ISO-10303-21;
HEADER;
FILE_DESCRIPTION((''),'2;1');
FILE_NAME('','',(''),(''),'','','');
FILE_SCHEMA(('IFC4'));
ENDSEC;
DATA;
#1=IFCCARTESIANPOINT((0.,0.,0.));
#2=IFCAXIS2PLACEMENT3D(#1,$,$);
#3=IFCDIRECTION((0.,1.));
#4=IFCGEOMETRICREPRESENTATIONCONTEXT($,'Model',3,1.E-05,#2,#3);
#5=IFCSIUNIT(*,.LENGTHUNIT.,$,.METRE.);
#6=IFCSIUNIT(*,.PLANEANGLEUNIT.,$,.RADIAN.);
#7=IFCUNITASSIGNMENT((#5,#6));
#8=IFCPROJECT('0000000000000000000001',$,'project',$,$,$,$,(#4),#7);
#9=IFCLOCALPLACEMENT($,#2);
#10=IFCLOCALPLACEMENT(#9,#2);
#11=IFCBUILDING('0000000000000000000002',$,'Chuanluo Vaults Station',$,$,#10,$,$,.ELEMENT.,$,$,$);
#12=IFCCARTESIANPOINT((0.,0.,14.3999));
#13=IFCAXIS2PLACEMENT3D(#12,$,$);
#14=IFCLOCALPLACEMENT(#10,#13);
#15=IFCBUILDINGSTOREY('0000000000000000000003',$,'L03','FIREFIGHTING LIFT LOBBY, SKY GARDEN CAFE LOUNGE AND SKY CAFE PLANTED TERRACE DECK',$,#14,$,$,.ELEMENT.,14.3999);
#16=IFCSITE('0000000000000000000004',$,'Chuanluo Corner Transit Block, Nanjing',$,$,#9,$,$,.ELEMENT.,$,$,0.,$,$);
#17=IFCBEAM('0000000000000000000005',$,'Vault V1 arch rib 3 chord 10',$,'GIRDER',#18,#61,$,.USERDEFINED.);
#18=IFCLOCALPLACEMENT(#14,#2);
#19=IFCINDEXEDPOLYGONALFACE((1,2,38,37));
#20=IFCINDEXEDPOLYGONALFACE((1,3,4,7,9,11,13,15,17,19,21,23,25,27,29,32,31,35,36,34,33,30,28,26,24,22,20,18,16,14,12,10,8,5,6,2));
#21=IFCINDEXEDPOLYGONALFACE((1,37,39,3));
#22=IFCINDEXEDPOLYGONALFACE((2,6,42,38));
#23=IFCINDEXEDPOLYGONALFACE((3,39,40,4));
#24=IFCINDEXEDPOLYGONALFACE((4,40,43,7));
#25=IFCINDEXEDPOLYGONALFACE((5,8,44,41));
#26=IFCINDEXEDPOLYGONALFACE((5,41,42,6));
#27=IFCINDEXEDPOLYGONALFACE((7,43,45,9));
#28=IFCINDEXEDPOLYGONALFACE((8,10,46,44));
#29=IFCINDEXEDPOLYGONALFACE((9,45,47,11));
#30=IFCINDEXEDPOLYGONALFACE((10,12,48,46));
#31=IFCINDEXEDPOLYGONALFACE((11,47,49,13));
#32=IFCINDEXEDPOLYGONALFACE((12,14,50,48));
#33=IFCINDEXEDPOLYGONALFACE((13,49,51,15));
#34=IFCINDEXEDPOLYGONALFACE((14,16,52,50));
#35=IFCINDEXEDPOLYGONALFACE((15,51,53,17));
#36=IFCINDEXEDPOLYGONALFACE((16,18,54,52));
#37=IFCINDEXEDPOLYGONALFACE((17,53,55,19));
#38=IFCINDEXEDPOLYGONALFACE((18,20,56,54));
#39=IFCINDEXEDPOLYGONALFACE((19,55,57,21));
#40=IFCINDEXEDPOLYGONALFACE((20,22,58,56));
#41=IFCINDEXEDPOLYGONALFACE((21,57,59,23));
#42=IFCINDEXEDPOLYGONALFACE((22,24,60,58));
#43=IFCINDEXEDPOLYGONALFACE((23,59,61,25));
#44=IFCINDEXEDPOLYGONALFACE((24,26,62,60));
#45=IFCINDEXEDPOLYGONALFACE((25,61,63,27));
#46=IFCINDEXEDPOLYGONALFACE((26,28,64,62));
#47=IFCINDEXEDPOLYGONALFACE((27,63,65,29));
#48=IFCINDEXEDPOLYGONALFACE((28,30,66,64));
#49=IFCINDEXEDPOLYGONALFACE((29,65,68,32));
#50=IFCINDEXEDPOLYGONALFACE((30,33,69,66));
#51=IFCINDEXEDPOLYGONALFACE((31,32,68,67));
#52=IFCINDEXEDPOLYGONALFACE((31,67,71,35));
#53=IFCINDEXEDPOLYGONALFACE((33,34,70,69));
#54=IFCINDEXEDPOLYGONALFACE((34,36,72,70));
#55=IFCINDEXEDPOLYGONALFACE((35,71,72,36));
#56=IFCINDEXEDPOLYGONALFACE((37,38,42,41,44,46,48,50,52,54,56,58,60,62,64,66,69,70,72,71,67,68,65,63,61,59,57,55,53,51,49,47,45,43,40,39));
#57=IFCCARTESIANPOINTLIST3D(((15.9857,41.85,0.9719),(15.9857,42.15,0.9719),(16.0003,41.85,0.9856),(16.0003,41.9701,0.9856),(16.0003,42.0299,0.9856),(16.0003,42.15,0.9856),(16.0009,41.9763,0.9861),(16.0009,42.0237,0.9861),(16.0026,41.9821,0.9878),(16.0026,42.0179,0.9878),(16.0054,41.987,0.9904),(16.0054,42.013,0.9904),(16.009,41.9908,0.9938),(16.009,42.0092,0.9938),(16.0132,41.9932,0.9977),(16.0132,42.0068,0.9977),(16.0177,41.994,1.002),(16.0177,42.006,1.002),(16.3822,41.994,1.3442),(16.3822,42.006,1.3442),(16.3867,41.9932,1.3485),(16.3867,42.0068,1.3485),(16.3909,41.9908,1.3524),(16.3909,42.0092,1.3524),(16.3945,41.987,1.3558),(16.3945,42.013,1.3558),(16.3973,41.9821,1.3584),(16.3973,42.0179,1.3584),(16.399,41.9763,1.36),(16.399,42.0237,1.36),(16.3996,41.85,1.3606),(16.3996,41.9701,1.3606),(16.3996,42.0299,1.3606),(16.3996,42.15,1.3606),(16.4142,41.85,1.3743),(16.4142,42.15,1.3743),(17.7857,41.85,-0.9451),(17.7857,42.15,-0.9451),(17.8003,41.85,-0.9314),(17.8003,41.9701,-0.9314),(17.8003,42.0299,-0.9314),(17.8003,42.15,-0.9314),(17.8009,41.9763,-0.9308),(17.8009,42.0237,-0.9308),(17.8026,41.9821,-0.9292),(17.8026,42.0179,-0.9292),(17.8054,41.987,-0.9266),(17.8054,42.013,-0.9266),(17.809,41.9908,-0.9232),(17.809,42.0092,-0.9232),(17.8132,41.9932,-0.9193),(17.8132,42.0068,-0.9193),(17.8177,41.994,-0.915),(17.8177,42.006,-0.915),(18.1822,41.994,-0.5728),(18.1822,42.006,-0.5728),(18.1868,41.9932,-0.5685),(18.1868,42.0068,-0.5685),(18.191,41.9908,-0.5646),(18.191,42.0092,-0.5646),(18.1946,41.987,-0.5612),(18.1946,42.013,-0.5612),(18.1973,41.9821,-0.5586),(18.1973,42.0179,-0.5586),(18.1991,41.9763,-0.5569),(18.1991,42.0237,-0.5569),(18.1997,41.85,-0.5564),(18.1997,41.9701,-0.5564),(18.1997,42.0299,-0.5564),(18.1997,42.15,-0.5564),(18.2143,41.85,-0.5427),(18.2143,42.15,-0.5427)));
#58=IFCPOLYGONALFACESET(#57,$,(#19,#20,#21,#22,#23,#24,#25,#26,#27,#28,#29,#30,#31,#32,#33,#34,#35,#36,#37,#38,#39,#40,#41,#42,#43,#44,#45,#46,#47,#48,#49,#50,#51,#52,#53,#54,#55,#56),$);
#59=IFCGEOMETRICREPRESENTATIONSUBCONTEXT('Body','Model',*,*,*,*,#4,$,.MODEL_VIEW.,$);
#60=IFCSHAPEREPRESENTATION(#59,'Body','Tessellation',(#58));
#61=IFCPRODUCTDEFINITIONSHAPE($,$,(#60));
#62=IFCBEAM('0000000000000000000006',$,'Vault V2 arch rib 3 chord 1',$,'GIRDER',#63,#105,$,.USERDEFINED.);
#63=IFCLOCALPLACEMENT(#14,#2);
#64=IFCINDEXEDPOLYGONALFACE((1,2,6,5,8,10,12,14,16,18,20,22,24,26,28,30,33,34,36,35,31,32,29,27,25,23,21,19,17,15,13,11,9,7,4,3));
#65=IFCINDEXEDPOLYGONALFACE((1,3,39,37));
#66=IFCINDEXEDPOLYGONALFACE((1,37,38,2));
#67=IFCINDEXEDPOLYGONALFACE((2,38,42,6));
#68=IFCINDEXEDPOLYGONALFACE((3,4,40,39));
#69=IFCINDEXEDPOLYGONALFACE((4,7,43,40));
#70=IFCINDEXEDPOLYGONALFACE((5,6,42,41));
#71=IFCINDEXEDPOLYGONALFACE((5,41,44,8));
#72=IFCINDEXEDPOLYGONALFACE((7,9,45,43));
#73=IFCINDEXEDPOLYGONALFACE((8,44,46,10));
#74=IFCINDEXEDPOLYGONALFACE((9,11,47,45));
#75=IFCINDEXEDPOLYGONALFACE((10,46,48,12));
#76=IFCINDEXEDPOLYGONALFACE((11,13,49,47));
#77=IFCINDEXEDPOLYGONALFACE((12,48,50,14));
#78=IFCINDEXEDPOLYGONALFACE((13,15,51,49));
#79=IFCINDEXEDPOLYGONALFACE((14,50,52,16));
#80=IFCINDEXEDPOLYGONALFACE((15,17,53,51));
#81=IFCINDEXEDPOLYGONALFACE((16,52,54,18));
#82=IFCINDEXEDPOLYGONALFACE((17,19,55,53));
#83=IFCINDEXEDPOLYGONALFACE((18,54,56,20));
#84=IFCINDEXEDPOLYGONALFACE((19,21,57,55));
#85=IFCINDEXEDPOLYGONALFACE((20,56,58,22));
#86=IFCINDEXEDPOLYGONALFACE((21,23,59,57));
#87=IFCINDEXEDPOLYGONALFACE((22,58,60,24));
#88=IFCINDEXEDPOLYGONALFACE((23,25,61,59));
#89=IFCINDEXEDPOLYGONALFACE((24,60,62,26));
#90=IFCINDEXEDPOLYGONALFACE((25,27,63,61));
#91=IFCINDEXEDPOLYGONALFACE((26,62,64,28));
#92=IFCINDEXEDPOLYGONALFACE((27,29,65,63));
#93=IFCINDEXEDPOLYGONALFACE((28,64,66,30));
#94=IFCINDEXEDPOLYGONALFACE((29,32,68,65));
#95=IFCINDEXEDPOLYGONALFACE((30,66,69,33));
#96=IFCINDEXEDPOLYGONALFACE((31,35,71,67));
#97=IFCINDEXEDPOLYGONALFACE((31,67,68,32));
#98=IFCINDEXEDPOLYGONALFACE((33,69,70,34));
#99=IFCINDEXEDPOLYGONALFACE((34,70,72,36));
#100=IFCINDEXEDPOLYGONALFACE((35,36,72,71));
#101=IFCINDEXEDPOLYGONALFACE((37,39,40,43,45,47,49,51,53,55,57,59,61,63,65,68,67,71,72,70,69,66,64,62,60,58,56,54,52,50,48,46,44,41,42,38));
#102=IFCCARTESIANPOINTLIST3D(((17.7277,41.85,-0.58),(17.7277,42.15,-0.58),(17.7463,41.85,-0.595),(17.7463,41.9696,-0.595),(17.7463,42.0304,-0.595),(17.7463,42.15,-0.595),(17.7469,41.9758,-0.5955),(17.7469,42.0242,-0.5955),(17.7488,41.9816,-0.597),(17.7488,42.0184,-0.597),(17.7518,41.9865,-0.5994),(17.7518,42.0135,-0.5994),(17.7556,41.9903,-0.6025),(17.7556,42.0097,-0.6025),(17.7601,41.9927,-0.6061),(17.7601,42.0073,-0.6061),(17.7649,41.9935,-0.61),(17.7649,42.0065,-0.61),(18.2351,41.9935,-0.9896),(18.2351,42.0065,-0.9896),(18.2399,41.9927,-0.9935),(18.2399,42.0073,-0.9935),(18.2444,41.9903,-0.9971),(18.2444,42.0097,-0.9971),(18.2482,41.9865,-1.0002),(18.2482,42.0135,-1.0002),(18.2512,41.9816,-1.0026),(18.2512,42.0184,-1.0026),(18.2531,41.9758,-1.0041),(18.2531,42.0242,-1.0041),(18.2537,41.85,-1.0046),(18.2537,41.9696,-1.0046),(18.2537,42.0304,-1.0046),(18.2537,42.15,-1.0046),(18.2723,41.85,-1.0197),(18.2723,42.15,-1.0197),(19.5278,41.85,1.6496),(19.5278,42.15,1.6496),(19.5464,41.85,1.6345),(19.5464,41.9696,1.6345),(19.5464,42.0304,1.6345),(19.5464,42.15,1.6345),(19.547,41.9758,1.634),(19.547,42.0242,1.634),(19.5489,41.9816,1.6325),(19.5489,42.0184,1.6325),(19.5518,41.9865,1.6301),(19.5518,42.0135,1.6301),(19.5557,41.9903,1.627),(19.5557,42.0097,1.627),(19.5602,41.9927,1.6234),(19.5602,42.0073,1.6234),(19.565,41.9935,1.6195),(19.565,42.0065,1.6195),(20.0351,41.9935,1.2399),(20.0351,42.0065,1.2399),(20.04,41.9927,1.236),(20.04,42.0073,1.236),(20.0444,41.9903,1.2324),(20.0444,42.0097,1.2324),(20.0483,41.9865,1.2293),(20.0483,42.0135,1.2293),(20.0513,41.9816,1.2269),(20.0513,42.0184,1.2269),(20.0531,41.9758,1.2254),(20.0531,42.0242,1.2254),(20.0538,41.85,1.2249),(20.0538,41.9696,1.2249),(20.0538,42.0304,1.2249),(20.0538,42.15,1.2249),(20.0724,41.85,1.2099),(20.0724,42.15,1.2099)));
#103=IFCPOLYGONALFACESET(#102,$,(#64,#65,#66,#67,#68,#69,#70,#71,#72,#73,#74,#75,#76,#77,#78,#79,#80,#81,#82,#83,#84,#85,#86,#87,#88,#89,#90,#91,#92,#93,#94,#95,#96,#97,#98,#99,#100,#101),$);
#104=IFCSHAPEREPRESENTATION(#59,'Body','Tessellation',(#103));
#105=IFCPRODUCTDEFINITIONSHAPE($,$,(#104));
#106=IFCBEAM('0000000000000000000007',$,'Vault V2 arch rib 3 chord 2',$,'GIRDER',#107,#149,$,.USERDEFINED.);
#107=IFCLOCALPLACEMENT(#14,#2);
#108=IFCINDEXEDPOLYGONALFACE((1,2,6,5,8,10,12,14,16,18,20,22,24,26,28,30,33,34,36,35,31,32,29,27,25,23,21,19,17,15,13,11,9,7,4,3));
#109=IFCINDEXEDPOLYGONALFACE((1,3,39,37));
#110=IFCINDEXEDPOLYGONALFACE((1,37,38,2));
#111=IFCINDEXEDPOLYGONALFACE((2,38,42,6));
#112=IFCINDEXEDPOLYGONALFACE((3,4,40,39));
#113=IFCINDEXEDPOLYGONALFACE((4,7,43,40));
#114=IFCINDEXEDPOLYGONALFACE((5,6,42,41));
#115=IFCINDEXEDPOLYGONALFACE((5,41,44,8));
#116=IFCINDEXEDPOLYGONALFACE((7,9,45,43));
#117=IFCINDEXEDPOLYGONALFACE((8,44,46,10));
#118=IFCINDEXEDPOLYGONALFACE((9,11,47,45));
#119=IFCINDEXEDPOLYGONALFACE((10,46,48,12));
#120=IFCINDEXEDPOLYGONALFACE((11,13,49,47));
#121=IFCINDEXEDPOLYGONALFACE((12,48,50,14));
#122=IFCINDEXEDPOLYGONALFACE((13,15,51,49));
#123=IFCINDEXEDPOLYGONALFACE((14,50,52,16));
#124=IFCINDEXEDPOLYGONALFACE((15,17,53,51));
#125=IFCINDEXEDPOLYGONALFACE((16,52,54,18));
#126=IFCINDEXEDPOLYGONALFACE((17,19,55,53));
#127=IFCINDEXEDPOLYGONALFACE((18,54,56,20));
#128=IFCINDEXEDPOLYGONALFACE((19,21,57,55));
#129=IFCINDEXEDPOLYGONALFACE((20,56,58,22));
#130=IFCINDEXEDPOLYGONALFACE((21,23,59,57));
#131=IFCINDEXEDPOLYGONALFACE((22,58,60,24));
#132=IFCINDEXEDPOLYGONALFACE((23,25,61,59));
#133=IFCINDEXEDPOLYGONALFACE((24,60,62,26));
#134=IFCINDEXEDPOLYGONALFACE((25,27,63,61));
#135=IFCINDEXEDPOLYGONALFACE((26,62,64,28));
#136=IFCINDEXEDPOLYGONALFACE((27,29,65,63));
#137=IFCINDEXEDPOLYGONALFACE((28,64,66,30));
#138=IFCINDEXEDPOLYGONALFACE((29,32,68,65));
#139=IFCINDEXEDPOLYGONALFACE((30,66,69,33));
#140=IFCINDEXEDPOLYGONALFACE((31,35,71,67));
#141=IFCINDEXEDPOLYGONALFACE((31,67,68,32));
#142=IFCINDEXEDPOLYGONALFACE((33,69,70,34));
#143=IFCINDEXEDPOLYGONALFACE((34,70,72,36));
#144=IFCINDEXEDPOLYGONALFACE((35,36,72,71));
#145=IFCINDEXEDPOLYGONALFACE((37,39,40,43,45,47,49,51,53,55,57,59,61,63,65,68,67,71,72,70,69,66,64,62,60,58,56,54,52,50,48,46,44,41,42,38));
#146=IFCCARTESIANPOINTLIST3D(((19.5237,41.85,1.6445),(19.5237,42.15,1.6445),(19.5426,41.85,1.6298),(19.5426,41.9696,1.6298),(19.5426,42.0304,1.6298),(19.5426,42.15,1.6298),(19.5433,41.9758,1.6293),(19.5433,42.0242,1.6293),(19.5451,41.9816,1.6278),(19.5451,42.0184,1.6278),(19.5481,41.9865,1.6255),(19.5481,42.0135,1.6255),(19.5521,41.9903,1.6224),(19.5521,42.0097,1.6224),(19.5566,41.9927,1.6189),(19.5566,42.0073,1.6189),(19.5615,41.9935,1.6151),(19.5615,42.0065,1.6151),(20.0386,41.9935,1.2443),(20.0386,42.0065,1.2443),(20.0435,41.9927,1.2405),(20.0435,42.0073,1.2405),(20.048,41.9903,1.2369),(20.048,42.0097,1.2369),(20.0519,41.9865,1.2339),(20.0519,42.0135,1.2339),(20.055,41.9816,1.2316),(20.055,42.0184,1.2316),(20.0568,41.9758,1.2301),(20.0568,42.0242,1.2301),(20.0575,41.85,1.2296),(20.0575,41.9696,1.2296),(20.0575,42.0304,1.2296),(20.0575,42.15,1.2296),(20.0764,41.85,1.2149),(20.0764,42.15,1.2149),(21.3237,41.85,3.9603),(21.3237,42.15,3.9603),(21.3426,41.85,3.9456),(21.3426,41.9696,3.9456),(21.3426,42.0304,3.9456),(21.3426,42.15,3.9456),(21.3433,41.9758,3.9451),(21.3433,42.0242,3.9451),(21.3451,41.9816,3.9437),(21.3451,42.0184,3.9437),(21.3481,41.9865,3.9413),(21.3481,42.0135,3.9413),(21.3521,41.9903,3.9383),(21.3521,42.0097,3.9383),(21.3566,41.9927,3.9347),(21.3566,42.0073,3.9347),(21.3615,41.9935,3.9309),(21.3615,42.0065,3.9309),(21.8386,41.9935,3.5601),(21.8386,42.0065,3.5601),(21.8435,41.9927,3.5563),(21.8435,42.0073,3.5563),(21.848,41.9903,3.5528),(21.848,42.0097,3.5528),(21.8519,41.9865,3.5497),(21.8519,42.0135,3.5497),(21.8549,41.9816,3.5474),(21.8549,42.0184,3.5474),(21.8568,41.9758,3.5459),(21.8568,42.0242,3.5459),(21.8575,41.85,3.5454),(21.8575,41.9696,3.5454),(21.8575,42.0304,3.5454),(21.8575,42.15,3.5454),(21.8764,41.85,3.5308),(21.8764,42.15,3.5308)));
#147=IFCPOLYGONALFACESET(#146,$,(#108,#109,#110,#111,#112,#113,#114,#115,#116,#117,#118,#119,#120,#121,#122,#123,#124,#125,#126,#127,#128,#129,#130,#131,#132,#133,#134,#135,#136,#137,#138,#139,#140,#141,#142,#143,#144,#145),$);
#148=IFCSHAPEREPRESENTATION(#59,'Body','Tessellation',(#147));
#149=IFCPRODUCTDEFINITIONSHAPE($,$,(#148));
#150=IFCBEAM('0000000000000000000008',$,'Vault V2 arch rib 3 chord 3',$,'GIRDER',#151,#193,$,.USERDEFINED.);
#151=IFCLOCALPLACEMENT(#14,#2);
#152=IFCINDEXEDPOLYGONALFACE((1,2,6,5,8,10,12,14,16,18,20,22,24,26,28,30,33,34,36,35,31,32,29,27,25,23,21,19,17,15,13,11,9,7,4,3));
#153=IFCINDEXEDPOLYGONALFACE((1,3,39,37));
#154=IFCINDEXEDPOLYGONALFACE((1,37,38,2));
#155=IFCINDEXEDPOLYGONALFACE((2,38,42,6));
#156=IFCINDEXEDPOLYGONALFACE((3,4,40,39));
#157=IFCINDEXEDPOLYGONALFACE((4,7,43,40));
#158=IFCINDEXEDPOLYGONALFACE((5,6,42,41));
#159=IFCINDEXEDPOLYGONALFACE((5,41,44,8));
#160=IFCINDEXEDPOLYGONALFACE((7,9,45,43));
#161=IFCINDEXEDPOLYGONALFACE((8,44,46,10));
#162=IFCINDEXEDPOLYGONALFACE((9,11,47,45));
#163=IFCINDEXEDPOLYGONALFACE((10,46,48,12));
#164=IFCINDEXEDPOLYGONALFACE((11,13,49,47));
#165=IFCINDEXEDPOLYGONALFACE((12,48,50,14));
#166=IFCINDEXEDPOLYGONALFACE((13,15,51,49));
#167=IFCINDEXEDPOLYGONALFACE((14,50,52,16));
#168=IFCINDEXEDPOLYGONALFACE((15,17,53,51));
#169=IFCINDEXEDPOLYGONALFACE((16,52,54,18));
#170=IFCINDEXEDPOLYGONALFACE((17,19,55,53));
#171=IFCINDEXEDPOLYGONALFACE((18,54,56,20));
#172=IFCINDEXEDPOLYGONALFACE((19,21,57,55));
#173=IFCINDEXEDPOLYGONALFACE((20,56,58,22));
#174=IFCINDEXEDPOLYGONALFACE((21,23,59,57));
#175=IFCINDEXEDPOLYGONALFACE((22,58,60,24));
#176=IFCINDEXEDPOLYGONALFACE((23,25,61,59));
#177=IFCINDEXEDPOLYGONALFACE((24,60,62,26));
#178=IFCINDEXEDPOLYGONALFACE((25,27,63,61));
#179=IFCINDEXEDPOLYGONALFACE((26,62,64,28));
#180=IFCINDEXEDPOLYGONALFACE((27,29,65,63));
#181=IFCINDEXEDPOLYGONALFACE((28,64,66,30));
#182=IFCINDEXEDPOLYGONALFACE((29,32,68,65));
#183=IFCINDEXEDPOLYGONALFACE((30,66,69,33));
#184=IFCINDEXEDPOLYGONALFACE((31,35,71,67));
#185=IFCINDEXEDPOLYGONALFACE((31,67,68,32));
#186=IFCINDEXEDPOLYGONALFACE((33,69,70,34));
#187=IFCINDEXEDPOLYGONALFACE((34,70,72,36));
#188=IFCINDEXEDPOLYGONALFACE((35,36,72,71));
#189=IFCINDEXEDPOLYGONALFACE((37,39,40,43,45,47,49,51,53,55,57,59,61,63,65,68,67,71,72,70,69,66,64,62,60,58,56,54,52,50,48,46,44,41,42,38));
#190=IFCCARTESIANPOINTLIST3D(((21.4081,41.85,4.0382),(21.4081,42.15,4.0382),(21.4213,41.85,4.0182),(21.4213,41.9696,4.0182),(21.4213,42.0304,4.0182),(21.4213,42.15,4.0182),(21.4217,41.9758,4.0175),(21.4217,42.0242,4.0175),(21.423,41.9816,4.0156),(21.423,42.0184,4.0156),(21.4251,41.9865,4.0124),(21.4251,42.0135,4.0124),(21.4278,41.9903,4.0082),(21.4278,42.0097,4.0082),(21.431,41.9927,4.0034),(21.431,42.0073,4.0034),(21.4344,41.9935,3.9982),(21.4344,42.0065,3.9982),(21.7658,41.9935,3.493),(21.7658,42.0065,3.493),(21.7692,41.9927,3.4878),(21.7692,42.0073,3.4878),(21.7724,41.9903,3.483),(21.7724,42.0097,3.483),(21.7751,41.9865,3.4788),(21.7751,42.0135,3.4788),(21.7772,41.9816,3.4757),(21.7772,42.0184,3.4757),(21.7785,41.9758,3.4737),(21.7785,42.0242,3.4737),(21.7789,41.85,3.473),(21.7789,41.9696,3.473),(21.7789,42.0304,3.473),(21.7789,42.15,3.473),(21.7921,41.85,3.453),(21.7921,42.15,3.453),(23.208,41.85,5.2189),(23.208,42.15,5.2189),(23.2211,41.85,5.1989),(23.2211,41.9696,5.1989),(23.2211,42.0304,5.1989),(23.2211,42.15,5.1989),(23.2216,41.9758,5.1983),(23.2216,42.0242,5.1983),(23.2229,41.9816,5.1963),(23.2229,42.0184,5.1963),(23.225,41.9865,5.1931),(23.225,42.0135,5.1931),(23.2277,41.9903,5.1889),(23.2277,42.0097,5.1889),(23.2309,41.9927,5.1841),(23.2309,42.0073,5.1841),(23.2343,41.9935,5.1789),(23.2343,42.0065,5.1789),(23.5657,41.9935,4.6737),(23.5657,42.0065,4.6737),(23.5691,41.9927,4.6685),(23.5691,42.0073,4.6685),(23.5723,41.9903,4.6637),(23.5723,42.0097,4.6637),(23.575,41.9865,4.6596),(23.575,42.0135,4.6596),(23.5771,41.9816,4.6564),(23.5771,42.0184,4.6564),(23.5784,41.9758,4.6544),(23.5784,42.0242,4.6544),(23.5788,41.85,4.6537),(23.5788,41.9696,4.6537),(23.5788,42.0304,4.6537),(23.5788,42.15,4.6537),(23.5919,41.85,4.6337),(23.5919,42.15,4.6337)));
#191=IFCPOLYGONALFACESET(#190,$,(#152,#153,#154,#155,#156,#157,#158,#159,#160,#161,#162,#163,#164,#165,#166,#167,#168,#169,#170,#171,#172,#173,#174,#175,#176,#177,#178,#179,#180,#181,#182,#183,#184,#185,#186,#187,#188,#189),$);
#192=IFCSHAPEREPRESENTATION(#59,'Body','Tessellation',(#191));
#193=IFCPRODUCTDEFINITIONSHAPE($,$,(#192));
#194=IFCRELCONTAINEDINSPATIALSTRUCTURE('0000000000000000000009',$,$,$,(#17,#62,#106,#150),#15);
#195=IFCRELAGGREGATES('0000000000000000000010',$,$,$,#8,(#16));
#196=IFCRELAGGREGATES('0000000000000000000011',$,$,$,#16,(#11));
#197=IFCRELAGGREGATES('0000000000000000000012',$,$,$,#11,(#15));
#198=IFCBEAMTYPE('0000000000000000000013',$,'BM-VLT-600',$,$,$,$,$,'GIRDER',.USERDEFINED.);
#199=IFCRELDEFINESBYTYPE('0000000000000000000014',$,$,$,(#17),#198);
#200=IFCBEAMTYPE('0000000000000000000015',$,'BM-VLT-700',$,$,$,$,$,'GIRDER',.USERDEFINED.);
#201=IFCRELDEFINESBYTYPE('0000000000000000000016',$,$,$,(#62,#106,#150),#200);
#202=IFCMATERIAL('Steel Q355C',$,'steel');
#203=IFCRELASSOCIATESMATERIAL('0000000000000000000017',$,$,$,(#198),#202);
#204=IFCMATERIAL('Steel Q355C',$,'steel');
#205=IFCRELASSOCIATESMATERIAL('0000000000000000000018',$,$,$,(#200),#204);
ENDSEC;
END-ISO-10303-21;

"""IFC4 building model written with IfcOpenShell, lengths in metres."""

from ifc_helpers import new_model, si_unit, direction, frame, origin, origin_2d, place, context, subcontext, project, spatial, i_section, extrude, material, material_profile, profile_set, type_object, element, save


model = new_model("IFC4")

# Units and contexts
model_context = context("Model", 3, precision=1e-05, world=origin(), true_north=direction((0.0, 1.0)))
body_context = subcontext(model_context, "Body", "Model", "MODEL_VIEW")
ifc_project = project(units=[si_unit("LENGTHUNIT", "METRE"), si_unit("PLANEANGLEUNIT", "RADIAN")], contexts=[model_context])

# Site, building, storey
site_placement = place(None, origin())
site = spatial("IfcSite", under=ifc_project, at=site_placement, Name="Chuanluo Corner Transit Block, Nanjing", CompositionType="ELEMENT", RefElevation=0.0)
building_placement = place(site_placement, origin())
building = spatial("IfcBuilding", under=site, at=building_placement, Name="Chuanluo Vaults Station", CompositionType="ELEMENT")
storey_placement = place(building_placement, frame((0.0, 0.0, 14.3999)))
storey = spatial("IfcBuildingStorey", under=building, at=storey_placement, Name="L03", Description="FIREFIGHTING LIFT LOBBY, SKY GARDEN CAFE LOUNGE AND SKY CAFE PLANTED TERRACE DECK", CompositionType="ELEMENT", Elevation=14.3999)

# Beams
ifc_material_1 = material(Name="Steel Q355C", Category="steel")
ifc_material_profile_1 = material_profile(ifc_material_1, i_section(OverallWidth=0.3, OverallDepth=0.5879, WebThickness=0.012, FlangeThickness=0.02, FilletRadius=0.0239, at=origin_2d()))
ifc_profile_set_1 = profile_set([ifc_material_profile_1], Name="Steel Q355C")
beam_type_1 = type_object("IfcBeamType", Name="BM-VLT-600", ElementType="GIRDER", PredefinedType="USERDEFINED", material=ifc_profile_set_1)
beam_1_placement = place(storey_placement, frame((16.2, 42.0, 1.1731), z_axis=(0.684522, 0.0, -0.728993), x_axis=(0.0, 1.0, 0.0)))
element("IfcBeam", 1, at=beam_1_placement, inside=storey, type_object=beam_type_1, Name="Vault V1 arch rib 3 chord 10", ObjectType="GIRDER", PredefinedType="USERDEFINED", context=body_context, shape_type="SweptSolid", body=[
    extrude(i_section(OverallWidth=0.3, OverallDepth=0.5879, WebThickness=0.012, FlangeThickness=0.02, FilletRadius=0.0239, at=origin_2d()), origin(), (0.0, 0.0, 1.0), 2.6296),
])
ifc_material_2 = material(Name="Steel Q355C", Category="steel")
ifc_material_profile_2 = material_profile(ifc_material_2, i_section(OverallWidth=0.3, OverallDepth=0.7, WebThickness=0.0129, FlangeThickness=0.0239, FilletRadius=0.0239, at=origin_2d()))
ifc_profile_set_2 = profile_set([ifc_material_profile_2], Name="Steel Q355C")
beam_type_2 = type_object("IfcBeamType", Name="BM-VLT-700", ElementType="GIRDER", PredefinedType="USERDEFINED", material=ifc_profile_set_2)
beam_2_placement = place(storey_placement, frame((18.0, 42.0, -0.7998), z_axis=(0.62819, 0.0, 0.77806), x_axis=(0.0, 1.0, 0.0)))
element("IfcBeam", 2, at=beam_2_placement, inside=storey, type_object=beam_type_2, Name="Vault V2 arch rib 3 chord 1", ObjectType="GIRDER", PredefinedType="USERDEFINED", context=body_context, shape_type="SweptSolid", body=[
    extrude(i_section(OverallWidth=0.3, OverallDepth=0.7, WebThickness=0.0129, FlangeThickness=0.0239, FilletRadius=0.0239, at=origin_2d()), origin(), (0.0, 0.0, 1.0), 2.8655),
])
beam_3_placement = place(storey_placement, frame((19.8, 42.0, 1.4297), z_axis=(0.613681, 0.0, 0.789554), x_axis=(0.0, 1.0, 0.0)))
element("IfcBeam", 3, at=beam_3_placement, inside=storey, type_object=beam_type_2, Name="Vault V2 arch rib 3 chord 2", ObjectType="GIRDER", PredefinedType="USERDEFINED", context=body_context, shape_type="SweptSolid", body=[
    extrude(i_section(OverallWidth=0.3, OverallDepth=0.7, WebThickness=0.0129, FlangeThickness=0.0239, FilletRadius=0.0239, at=origin_2d()), origin(), (0.0, 0.0, 1.0), 2.9331),
])
beam_4_placement = place(storey_placement, frame((21.6001, 42.0, 3.7456), z_axis=(0.836145, 0.0, 0.548508), x_axis=(0.0, 1.0, 0.0)))
element("IfcBeam", 4, at=beam_4_placement, inside=storey, type_object=beam_type_2, Name="Vault V2 arch rib 3 chord 3", ObjectType="GIRDER", PredefinedType="USERDEFINED", context=body_context, shape_type="SweptSolid", body=[
    extrude(i_section(OverallWidth=0.3, OverallDepth=0.7, WebThickness=0.0129, FlangeThickness=0.0239, FilletRadius=0.0239, at=origin_2d()), origin(), (0.0, 0.0, 1.0), 2.1526),
])

save(model, "model.ifc")
